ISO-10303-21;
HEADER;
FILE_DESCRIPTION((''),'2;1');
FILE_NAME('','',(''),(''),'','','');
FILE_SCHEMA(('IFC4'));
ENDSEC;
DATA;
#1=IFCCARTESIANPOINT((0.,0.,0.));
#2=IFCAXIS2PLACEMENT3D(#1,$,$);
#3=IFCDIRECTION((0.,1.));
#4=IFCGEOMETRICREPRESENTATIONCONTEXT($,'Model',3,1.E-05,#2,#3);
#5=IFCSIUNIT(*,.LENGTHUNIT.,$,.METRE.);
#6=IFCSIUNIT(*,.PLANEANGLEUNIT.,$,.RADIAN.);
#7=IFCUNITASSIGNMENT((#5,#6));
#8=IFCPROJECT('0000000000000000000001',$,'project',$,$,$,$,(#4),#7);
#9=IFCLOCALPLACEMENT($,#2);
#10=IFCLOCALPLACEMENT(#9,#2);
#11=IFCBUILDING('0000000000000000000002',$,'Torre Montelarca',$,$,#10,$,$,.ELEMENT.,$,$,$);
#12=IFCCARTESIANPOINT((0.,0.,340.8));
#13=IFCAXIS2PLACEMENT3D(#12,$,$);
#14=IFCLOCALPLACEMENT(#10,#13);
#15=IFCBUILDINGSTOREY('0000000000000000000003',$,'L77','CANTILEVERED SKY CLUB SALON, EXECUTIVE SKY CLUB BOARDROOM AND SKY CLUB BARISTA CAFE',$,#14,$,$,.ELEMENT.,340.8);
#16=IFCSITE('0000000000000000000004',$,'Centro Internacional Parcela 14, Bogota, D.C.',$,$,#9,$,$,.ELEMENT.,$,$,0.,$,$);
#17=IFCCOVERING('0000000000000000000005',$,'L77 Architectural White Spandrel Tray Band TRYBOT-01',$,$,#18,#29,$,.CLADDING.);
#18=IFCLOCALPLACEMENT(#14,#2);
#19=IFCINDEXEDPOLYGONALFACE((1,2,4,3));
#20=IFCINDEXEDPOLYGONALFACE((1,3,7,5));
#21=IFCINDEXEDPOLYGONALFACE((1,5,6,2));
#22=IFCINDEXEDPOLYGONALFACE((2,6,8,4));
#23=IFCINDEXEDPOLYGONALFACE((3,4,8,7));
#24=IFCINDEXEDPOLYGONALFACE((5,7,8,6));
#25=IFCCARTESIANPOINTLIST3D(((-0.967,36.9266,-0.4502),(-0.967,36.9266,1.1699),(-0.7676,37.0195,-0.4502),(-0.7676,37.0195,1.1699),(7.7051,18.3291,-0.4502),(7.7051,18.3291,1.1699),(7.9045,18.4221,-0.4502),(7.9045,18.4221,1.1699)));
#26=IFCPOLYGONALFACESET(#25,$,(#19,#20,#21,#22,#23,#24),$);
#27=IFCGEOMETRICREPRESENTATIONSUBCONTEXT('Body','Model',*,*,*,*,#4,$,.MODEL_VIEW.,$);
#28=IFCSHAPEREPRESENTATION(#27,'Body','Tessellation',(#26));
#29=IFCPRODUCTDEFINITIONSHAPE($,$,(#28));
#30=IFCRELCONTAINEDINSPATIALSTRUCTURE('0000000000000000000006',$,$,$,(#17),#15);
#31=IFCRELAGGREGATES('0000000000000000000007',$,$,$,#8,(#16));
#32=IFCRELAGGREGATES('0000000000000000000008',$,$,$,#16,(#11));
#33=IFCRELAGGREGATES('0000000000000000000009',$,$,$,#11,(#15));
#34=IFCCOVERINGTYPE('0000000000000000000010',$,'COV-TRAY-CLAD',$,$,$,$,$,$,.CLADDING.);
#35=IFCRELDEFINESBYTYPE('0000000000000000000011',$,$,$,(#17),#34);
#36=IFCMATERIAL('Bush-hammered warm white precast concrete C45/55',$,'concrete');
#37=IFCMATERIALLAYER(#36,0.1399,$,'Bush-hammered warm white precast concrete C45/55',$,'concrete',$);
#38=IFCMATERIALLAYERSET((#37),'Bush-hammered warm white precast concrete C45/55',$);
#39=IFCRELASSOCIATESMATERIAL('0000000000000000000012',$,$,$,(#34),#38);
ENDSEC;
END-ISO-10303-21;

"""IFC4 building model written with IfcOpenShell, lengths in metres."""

from ifc_helpers import new_model, si_unit, direction, frame, origin, origin_2d, place, context, subcontext, project, spatial, rectangle, extrude, source, transform, mapped, material, layer, layer_set, type_object, element, save


model = new_model("IFC4")

# Units and contexts
model_context = context("Model", 3, precision=1e-05, world=origin(), true_north=direction((0.0, 1.0)))
body_context = subcontext(model_context, "Body", "Model", "MODEL_VIEW")
ifc_project = project(units=[si_unit("LENGTHUNIT", "METRE"), si_unit("PLANEANGLEUNIT", "RADIAN")], contexts=[model_context])

# Site, building, storey
site_placement = place(None, origin())
site = spatial("IfcSite", under=ifc_project, at=site_placement, Name="Centro Internacional Parcela 14, Bogota, D.C.", CompositionType="ELEMENT", RefElevation=0.0)
building_placement = place(site_placement, origin())
building = spatial("IfcBuilding", under=site, at=building_placement, Name="Torre Montelarca", CompositionType="ELEMENT")
storey_placement = place(building_placement, frame((0.0, 0.0, 340.8)))
storey = spatial("IfcBuildingStorey", under=building, at=storey_placement, Name="L77", Description="CANTILEVERED SKY CLUB SALON, EXECUTIVE SKY CLUB BOARDROOM AND SKY CLUB BARISTA CAFE", CompositionType="ELEMENT", Elevation=340.8)

# Covering
ifc_material_1 = material(Name="Bush-hammered warm white precast concrete C45/55", Category="concrete")
ifc_layer_1 = layer(ifc_material_1, 0.1399, Name="Bush-hammered warm white precast concrete C45/55", Category="concrete")
ifc_layer_set_1 = layer_set([ifc_layer_1], Name="Bush-hammered warm white precast concrete C45/55")
covering_type = type_object("IfcCoveringType", Name="COV-TRAY-CLAD", PredefinedType="CLADDING", material=ifc_layer_set_1)
shared_shape_1 = source(origin(), body_context, "Body", "SweptSolid", [
    extrude(rectangle(XDim=20.52, YDim=0.22, at=origin_2d()), origin(), (0.0, 0.0, 1.0), 1.6201),
])
covering_1_placement = place(storey_placement, frame((3.4688, 27.6743, -0.4502), z_axis=(0.0, 0.0, 1.0), x_axis=(0.422617, -0.906309, 0.0)))
element("IfcCovering", 1, at=covering_1_placement, inside=storey, type_object=covering_type, Name="L77 Architectural White Spandrel Tray Band TRYBOT-01", PredefinedType="CLADDING", context=body_context, shape_type="MappedRepresentation", body=[
    mapped(shared_shape_1, transform((0.0, 0.0, 0.0), scale=1.0)),
])

save(model, "model.ifc")
